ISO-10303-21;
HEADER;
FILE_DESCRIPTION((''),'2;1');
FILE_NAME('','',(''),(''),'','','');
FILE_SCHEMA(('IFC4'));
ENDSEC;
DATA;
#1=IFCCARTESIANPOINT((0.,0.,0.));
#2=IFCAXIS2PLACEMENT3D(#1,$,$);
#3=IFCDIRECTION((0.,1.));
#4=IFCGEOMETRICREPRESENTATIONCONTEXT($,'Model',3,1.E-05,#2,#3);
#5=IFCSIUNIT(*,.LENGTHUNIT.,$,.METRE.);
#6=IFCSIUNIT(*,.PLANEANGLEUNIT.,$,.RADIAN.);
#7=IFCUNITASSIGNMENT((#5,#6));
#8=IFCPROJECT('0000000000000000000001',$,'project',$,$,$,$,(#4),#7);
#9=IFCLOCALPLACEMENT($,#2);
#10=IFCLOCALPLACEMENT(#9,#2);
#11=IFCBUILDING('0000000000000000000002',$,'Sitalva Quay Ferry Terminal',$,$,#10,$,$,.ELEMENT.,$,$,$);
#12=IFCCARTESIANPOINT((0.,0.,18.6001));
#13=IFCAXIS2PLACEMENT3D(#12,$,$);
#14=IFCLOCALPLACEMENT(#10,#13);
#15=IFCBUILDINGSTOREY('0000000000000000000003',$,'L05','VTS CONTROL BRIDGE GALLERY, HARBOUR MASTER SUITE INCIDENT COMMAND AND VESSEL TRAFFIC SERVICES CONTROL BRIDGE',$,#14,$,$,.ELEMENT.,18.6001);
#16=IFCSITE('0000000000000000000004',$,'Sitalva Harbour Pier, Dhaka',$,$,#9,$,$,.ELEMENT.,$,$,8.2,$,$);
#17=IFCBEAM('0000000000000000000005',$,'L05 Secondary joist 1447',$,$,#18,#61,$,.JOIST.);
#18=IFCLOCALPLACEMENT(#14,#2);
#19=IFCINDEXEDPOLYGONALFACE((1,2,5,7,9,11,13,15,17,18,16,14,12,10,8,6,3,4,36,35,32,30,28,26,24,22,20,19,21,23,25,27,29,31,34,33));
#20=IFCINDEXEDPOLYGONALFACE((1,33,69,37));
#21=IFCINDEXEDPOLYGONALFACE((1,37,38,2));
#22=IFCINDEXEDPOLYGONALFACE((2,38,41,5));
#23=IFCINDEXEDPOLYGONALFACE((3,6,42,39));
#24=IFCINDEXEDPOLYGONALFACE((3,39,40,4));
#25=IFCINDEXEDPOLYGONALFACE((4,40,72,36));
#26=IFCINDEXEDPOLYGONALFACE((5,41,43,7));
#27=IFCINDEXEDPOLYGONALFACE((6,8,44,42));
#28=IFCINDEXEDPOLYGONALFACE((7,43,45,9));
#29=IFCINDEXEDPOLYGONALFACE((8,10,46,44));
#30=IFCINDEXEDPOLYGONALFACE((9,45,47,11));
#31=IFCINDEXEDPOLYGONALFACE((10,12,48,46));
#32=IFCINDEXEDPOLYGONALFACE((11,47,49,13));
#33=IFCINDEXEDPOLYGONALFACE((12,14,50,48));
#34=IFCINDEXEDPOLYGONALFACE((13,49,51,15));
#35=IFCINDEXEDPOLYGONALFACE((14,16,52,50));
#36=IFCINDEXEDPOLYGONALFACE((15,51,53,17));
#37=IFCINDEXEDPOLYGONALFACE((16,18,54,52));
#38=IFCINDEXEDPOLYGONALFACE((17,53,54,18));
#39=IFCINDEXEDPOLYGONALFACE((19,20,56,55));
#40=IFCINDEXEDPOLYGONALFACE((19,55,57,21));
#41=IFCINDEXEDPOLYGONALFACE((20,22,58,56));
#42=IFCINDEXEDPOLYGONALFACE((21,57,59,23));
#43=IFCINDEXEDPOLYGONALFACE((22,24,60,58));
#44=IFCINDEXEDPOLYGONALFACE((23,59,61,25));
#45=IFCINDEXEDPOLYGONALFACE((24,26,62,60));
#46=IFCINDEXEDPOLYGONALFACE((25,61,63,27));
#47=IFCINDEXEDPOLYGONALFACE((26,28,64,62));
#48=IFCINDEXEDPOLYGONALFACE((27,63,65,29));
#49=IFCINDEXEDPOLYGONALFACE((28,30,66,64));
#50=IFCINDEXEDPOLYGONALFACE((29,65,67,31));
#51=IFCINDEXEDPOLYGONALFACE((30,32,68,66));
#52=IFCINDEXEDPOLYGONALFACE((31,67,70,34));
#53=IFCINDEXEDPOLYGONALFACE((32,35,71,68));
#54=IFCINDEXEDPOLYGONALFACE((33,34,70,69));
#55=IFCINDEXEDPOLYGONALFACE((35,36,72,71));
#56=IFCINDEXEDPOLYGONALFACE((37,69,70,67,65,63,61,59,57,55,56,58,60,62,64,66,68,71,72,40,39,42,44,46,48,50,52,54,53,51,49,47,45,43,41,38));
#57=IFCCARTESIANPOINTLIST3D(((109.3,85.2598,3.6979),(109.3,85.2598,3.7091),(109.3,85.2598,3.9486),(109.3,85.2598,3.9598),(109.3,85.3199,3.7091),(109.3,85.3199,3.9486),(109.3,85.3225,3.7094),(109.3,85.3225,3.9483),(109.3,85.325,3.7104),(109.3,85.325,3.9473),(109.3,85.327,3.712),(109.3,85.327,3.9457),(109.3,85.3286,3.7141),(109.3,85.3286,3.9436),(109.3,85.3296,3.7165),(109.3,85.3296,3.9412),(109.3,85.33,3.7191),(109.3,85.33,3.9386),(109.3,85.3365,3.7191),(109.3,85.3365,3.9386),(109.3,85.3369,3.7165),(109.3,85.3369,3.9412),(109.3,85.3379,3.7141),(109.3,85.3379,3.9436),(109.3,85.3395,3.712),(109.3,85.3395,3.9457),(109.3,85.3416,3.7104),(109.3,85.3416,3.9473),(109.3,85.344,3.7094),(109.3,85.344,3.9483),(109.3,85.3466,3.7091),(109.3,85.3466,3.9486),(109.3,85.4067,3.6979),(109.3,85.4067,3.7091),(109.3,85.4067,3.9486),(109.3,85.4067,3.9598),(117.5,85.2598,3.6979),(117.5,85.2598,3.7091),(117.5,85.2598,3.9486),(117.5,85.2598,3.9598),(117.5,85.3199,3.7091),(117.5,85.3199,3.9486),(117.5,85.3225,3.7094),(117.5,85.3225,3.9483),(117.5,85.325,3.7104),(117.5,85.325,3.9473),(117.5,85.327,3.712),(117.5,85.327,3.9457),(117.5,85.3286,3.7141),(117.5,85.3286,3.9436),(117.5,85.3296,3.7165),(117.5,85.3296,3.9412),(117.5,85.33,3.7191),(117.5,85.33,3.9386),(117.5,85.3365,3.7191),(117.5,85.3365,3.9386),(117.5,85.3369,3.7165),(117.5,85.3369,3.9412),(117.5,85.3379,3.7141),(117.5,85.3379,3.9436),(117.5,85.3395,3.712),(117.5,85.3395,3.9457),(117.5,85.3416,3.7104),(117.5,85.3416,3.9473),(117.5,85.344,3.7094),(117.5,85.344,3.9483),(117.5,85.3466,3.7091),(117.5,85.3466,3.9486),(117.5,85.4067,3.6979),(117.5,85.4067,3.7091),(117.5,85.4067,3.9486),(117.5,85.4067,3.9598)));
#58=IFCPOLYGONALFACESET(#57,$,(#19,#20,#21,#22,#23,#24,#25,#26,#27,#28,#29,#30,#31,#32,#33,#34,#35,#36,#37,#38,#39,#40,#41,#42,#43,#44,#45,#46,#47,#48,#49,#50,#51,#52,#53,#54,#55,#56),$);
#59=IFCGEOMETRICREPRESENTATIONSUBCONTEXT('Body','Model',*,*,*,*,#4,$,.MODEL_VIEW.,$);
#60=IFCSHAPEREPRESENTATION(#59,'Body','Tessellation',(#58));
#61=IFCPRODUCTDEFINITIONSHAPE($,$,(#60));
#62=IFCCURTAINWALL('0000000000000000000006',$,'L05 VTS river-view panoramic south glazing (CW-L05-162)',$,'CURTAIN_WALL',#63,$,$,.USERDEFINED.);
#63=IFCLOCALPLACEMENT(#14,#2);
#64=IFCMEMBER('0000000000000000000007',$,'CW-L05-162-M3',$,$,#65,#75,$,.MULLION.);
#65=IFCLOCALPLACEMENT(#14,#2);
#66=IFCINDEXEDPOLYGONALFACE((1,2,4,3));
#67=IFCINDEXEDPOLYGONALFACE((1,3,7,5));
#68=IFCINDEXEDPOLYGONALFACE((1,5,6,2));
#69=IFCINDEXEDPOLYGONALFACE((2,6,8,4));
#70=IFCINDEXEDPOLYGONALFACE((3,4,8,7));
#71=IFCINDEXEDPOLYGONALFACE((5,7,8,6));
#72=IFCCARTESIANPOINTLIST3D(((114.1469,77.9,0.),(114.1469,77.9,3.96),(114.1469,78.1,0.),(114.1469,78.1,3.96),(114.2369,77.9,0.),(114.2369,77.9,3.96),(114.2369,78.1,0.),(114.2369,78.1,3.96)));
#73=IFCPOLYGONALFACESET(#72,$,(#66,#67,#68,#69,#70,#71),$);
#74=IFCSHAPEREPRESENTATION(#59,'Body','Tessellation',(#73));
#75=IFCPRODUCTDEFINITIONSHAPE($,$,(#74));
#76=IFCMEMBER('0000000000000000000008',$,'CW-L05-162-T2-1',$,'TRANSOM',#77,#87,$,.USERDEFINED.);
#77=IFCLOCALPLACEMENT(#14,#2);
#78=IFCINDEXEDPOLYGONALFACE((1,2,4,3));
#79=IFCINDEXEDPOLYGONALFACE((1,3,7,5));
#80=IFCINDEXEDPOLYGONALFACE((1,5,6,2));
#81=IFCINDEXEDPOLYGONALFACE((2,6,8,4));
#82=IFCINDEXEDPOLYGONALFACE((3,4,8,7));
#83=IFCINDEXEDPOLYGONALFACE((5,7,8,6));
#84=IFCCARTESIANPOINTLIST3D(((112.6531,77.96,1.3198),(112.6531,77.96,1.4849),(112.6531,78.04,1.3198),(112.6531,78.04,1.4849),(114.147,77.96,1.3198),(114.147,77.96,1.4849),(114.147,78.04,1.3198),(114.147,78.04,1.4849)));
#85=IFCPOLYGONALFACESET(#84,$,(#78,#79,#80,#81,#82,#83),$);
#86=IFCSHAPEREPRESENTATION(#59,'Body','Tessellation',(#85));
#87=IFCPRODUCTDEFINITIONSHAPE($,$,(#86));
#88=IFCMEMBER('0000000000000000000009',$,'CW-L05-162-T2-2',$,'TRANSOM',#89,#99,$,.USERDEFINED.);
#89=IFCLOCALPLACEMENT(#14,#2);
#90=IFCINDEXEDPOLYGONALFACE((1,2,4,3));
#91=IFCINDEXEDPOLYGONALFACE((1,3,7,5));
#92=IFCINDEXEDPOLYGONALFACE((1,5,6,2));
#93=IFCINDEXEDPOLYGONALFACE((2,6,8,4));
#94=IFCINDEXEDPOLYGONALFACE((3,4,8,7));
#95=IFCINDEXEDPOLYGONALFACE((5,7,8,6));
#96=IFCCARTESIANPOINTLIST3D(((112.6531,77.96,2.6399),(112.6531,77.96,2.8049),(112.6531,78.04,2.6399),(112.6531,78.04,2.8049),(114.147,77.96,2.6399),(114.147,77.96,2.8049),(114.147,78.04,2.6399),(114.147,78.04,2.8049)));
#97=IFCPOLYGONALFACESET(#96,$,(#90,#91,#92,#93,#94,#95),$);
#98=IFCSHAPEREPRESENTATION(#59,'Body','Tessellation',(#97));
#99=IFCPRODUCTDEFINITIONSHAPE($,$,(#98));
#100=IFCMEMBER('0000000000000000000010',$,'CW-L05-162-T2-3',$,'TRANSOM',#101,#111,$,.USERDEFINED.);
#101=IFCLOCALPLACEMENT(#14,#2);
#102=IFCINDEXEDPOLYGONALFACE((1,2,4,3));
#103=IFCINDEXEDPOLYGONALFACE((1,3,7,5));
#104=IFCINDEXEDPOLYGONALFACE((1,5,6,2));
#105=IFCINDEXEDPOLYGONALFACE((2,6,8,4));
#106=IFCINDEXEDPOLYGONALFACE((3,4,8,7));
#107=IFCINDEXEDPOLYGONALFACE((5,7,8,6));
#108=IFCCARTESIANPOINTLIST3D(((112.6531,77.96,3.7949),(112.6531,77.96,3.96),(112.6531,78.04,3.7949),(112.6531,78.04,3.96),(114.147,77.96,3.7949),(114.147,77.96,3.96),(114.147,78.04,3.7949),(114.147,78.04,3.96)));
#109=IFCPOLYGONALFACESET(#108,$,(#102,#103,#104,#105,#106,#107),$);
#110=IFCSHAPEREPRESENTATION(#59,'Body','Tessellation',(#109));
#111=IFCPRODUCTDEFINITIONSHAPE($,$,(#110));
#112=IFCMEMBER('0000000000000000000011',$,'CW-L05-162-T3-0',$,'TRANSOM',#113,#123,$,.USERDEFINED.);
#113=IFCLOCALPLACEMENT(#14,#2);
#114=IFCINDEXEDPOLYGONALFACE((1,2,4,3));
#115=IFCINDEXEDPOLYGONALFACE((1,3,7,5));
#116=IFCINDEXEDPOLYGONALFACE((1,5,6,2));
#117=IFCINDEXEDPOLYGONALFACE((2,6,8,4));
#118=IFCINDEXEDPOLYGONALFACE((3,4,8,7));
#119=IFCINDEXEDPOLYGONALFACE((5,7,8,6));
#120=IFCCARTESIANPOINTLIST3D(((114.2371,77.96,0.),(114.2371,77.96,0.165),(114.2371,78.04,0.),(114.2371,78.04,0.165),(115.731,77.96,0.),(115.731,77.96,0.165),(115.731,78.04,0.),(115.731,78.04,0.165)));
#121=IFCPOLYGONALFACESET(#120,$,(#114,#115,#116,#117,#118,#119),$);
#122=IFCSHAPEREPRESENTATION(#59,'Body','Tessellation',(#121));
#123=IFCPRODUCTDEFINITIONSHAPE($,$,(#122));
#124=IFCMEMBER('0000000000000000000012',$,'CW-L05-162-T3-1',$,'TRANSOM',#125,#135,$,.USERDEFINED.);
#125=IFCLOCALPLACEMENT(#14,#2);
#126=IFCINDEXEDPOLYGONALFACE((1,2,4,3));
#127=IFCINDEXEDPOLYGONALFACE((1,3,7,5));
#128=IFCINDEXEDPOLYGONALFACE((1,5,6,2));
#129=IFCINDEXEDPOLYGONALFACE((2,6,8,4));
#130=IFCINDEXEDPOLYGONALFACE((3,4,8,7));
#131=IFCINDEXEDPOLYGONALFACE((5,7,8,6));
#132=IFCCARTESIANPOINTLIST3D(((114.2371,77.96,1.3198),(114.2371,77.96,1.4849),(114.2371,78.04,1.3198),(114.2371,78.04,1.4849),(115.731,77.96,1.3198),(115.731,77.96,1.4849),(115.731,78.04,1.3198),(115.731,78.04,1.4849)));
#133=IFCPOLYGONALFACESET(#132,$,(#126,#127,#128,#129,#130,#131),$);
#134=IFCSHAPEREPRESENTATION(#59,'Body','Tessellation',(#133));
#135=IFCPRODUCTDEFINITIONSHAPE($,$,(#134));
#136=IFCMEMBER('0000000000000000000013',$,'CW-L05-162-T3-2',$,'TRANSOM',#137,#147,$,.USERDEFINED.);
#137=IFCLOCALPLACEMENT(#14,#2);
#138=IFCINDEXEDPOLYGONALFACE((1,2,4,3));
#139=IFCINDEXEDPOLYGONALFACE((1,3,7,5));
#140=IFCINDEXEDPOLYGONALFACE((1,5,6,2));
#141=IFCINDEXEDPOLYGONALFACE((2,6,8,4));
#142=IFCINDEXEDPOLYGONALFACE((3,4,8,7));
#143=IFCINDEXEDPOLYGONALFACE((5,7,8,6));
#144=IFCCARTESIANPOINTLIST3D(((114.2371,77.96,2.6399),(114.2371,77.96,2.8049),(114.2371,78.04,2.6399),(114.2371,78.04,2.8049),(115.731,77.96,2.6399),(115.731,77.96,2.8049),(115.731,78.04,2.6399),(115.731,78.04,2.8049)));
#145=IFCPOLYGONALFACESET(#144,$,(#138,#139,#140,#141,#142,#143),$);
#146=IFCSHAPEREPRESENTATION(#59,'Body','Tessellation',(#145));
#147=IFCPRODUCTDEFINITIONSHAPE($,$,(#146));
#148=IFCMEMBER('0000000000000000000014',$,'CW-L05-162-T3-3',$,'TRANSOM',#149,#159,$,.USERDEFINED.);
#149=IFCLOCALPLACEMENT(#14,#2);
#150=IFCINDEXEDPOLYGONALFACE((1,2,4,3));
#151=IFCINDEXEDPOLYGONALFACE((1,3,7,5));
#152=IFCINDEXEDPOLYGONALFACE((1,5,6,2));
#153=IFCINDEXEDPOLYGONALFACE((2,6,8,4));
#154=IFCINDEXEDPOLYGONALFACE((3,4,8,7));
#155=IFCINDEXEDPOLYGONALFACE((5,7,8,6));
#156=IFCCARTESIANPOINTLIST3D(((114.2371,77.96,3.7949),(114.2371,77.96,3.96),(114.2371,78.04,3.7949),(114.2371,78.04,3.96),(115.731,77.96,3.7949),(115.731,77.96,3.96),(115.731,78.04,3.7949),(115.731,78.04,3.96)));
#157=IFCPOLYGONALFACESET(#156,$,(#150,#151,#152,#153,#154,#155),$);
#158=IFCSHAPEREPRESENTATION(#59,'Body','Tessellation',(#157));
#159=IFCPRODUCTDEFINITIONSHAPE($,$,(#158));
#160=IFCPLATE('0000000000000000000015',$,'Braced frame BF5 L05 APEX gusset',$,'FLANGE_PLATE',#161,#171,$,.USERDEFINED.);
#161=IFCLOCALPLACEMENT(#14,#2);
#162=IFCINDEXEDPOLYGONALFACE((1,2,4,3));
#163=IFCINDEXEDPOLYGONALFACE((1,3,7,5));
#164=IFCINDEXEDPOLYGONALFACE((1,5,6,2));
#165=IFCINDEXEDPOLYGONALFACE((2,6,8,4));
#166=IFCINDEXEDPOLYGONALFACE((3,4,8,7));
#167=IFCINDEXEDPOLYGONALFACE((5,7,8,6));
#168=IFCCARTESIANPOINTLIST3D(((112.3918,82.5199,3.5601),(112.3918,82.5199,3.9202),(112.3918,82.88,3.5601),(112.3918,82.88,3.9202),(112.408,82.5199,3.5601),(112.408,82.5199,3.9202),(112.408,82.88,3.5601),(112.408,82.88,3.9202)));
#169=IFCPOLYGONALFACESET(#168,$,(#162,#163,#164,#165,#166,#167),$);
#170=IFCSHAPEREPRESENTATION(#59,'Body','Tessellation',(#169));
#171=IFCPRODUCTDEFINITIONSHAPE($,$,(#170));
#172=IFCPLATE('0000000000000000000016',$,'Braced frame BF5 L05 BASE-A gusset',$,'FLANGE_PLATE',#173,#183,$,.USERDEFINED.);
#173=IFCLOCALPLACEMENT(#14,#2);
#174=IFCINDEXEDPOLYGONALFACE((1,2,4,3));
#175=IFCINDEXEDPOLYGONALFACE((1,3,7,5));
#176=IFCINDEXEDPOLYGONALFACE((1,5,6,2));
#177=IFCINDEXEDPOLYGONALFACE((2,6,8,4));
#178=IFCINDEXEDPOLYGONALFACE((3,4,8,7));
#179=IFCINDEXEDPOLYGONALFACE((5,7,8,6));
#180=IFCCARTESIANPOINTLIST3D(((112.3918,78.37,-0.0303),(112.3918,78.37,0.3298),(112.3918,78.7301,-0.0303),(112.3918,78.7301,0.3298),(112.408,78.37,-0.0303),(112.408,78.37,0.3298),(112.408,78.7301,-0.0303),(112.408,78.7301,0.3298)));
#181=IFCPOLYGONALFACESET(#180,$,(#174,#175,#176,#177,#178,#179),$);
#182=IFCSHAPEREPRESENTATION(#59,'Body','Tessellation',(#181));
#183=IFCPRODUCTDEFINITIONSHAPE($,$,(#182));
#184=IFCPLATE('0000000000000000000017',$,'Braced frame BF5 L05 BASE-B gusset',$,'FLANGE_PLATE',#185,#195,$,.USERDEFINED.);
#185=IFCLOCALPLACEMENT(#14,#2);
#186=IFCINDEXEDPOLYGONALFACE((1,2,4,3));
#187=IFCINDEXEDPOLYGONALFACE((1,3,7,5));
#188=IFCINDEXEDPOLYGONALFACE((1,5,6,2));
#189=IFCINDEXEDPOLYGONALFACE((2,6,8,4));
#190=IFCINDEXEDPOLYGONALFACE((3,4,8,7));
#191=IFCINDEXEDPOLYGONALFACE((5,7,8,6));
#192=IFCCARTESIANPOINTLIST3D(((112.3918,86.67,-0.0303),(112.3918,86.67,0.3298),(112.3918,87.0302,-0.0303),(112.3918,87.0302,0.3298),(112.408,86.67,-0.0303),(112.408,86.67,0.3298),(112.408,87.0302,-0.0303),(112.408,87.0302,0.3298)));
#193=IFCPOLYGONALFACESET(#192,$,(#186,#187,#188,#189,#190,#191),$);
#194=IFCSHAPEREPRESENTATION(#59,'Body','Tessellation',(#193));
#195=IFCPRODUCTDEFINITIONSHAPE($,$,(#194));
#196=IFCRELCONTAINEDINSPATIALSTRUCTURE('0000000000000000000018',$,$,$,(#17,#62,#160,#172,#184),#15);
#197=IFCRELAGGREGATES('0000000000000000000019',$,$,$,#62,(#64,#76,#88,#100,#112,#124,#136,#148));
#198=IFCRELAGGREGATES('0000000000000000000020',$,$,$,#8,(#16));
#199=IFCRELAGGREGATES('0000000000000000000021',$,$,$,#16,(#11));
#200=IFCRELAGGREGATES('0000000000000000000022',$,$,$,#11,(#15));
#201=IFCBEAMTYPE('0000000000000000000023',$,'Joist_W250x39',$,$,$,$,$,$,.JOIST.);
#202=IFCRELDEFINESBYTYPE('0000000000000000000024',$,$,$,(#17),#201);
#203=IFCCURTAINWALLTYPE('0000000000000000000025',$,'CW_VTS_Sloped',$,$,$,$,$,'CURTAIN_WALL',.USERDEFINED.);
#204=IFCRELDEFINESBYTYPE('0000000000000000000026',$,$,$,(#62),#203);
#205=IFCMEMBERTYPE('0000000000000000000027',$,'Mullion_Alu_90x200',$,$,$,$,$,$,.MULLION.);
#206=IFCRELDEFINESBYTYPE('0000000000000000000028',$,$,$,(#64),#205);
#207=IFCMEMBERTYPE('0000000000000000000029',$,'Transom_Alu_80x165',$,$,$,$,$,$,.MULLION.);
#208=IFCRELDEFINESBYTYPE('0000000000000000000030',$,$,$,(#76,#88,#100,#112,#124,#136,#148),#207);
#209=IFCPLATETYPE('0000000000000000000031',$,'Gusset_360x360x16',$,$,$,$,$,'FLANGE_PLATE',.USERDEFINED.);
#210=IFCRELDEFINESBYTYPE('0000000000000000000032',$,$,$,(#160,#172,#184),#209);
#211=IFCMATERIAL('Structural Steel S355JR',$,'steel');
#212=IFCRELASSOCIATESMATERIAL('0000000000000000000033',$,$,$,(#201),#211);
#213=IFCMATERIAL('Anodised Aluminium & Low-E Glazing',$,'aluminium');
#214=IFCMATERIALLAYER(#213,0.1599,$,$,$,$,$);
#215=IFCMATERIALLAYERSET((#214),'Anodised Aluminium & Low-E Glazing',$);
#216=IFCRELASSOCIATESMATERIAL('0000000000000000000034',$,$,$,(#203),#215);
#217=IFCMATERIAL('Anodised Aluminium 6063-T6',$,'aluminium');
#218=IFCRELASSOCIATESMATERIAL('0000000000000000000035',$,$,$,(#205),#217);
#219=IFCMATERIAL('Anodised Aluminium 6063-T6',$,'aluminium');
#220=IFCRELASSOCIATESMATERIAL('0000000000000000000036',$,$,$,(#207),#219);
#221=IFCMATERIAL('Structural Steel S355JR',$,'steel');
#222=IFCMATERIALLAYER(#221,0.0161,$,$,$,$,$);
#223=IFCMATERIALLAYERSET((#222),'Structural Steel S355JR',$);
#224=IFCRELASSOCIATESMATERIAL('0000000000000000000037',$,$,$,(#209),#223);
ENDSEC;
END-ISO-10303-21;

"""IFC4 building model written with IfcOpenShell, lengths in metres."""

from ifc_helpers import new_model, si_unit, direction, frame, origin, origin_2d, place, context, subcontext, project, spatial, rectangle, i_section, extrude, material, layer, layer_set, material_profile, profile_set, type_object, element, aggregate, save


model = new_model("IFC4")

# Units and contexts
model_context = context("Model", 3, precision=1e-05, world=origin(), true_north=direction((0.0, 1.0)))
body_context = subcontext(model_context, "Body", "Model", "MODEL_VIEW")
ifc_project = project(units=[si_unit("LENGTHUNIT", "METRE"), si_unit("PLANEANGLEUNIT", "RADIAN")], contexts=[model_context])

# Site, building, storey
site_placement = place(None, origin())
site = spatial("IfcSite", under=ifc_project, at=site_placement, Name="Sitalva Harbour Pier, Dhaka", CompositionType="ELEMENT", RefElevation=8.2)
building_placement = place(site_placement, origin())
building = spatial("IfcBuilding", under=site, at=building_placement, Name="Sitalva Quay Ferry Terminal", CompositionType="ELEMENT")
storey_placement = place(building_placement, frame((0.0, 0.0, 18.6001)))
storey = spatial("IfcBuildingStorey", under=building, at=storey_placement, Name="L05", Description="VTS CONTROL BRIDGE GALLERY, HARBOUR MASTER SUITE INCIDENT COMMAND AND VESSEL TRAFFIC SERVICES CONTROL BRIDGE", CompositionType="ELEMENT", Elevation=18.6001)

# Beam
ifc_material_1 = material(Name="Structural Steel S355JR", Category="steel")
ifc_material_profile_1 = material_profile(ifc_material_1, i_section(OverallWidth=0.147, OverallDepth=0.262, WebThickness=0.0066, FlangeThickness=0.0112, FilletRadius=0.01, at=origin_2d()), Name="W250x39")
ifc_profile_set_1 = profile_set([ifc_material_profile_1], Name="Structural Steel S355JR")
beam_type = type_object("IfcBeamType", Name="Joist_W250x39", PredefinedType="JOIST", material=ifc_profile_set_1)
for number, where, z_axis, x_axis, name in (
    (1, (109.3, 85.3333, 3.8289), (1.0, 0.0, 0.0), (0.0, 1.0, 0.0), "L05 Secondary joist 1447"),
):
    element("IfcBeam", number, at=place(storey_placement, frame(where, z_axis=z_axis, x_axis=x_axis)), inside=storey, type_object=beam_type, Name=name, PredefinedType="JOIST", context=body_context, shape_type="SweptSolid", body=[
        extrude(i_section(OverallWidth=0.147, OverallDepth=0.262, WebThickness=0.0066, FlangeThickness=0.0112, FilletRadius=0.01, at=origin_2d()), origin(), (0.0, 0.0, 1.0), 8.2),
    ])

# Curtain wall, members
ifc_material_2 = material(Name="Anodised Aluminium & Low-E Glazing", Category="aluminium")
ifc_layer_1 = layer(ifc_material_2, 0.1599)
ifc_layer_set_1 = layer_set([ifc_layer_1], Name="Anodised Aluminium & Low-E Glazing")
curtain_wall_type = type_object("IfcCurtainWallType", Name="CW_VTS_Sloped", ElementType="CURTAIN_WALL", PredefinedType="USERDEFINED", material=ifc_layer_set_1)
curtain_wall_placement = place(storey_placement, origin())
curtain_wall = element("IfcCurtainWall", 2, at=curtain_wall_placement, inside=storey, type_object=curtain_wall_type, Name="L05 VTS river-view panoramic south glazing (CW-L05-162)", ObjectType="CURTAIN_WALL", PredefinedType="USERDEFINED")
ifc_material_3 = material(Name="Anodised Aluminium 6063-T6", Category="aluminium")
ifc_material_profile_2 = material_profile(ifc_material_3, rectangle(XDim=0.0901, YDim=0.2, at=origin_2d()), Name="ALU90x200")
ifc_profile_set_2 = profile_set([ifc_material_profile_2], Name="Anodised Aluminium 6063-T6")
member_type_1 = type_object("IfcMemberType", Name="Mullion_Alu_90x200", PredefinedType="MULLION", material=ifc_profile_set_2)
member_1_placement = place(storey_placement, frame((114.1919, 78.0, 0.0), z_axis=(0.0, 0.0, 1.0), x_axis=(1.0, 0.0, 0.0)))
member_1 = element("IfcMember", 3, at=member_1_placement, type_object=member_type_1, Name="CW-L05-162-M3", PredefinedType="MULLION", context=body_context, shape_type="SweptSolid", body=[
    extrude(rectangle(XDim=0.0901, YDim=0.2, at=origin_2d()), origin(), (0.0, 0.0, 1.0), 3.96),
])
ifc_material_4 = material(Name="Anodised Aluminium 6063-T6", Category="aluminium")
ifc_material_profile_3 = material_profile(ifc_material_4, rectangle(XDim=0.0801, YDim=0.165, at=origin_2d()), Name="ALU80x165")
ifc_profile_set_3 = profile_set([ifc_material_profile_3], Name="Anodised Aluminium 6063-T6")
member_type_2 = type_object("IfcMemberType", Name="Transom_Alu_80x165", PredefinedType="MULLION", material=ifc_profile_set_3)
member_2_placement = place(storey_placement, frame((112.6531, 78.0, 1.4023), z_axis=(1.0, 0.0, 0.0), x_axis=(0.0, 1.0, 0.0)))
member_2 = element("IfcMember", 4, at=member_2_placement, type_object=member_type_2, Name="CW-L05-162-T2-1", ObjectType="TRANSOM", PredefinedType="USERDEFINED", context=body_context, shape_type="SweptSolid", body=[
    extrude(rectangle(XDim=0.0801, YDim=0.165, at=origin_2d()), origin(), (0.0, 0.0, 1.0), 1.4939),
])
member_3_placement = place(storey_placement, frame((112.6531, 78.0, 2.7224), z_axis=(1.0, 0.0, 0.0), x_axis=(0.0, 1.0, 0.0)))
member_3 = element("IfcMember", 5, at=member_3_placement, type_object=member_type_2, Name="CW-L05-162-T2-2", ObjectType="TRANSOM", PredefinedType="USERDEFINED", context=body_context, shape_type="SweptSolid", body=[
    extrude(rectangle(XDim=0.0801, YDim=0.165, at=origin_2d()), origin(), (0.0, 0.0, 1.0), 1.4939),
])
member_4_placement = place(storey_placement, frame((112.6531, 78.0, 3.8774), z_axis=(1.0, 0.0, 0.0), x_axis=(0.0, 1.0, 0.0)))
member_4 = element("IfcMember", 6, at=member_4_placement, type_object=member_type_2, Name="CW-L05-162-T2-3", ObjectType="TRANSOM", PredefinedType="USERDEFINED", context=body_context, shape_type="SweptSolid", body=[
    extrude(rectangle(XDim=0.0801, YDim=0.165, at=origin_2d()), origin(), (0.0, 0.0, 1.0), 1.4939),
])
member_5_placement = place(storey_placement, frame((114.2371, 78.0, 0.0825), z_axis=(1.0, 0.0, 0.0), x_axis=(0.0, 1.0, 0.0)))
member_5 = element("IfcMember", 7, at=member_5_placement, type_object=member_type_2, Name="CW-L05-162-T3-0", ObjectType="TRANSOM", PredefinedType="USERDEFINED", context=body_context, shape_type="SweptSolid", body=[
    extrude(rectangle(XDim=0.0801, YDim=0.165, at=origin_2d()), origin(), (0.0, 0.0, 1.0), 1.4939),
])
member_6_placement = place(storey_placement, frame((114.2371, 78.0, 1.4023), z_axis=(1.0, 0.0, 0.0), x_axis=(0.0, 1.0, 0.0)))
member_6 = element("IfcMember", 8, at=member_6_placement, type_object=member_type_2, Name="CW-L05-162-T3-1", ObjectType="TRANSOM", PredefinedType="USERDEFINED", context=body_context, shape_type="SweptSolid", body=[
    extrude(rectangle(XDim=0.0801, YDim=0.165, at=origin_2d()), origin(), (0.0, 0.0, 1.0), 1.4939),
])
member_7_placement = place(storey_placement, frame((114.2371, 78.0, 2.7224), z_axis=(1.0, 0.0, 0.0), x_axis=(0.0, 1.0, 0.0)))
member_7 = element("IfcMember", 9, at=member_7_placement, type_object=member_type_2, Name="CW-L05-162-T3-2", ObjectType="TRANSOM", PredefinedType="USERDEFINED", context=body_context, shape_type="SweptSolid", body=[
    extrude(rectangle(XDim=0.0801, YDim=0.165, at=origin_2d()), origin(), (0.0, 0.0, 1.0), 1.4939),
])
member_8_placement = place(storey_placement, frame((114.2371, 78.0, 3.8774), z_axis=(1.0, 0.0, 0.0), x_axis=(0.0, 1.0, 0.0)))
member_8 = element("IfcMember", 10, at=member_8_placement, type_object=member_type_2, Name="CW-L05-162-T3-3", ObjectType="TRANSOM", PredefinedType="USERDEFINED", context=body_context, shape_type="SweptSolid", body=[
    extrude(rectangle(XDim=0.0801, YDim=0.165, at=origin_2d()), origin(), (0.0, 0.0, 1.0), 1.4939),
])

# Plates
ifc_material_5 = material(Name="Structural Steel S355JR", Category="steel")
ifc_layer_2 = layer(ifc_material_5, 0.0161)
ifc_layer_set_2 = layer_set([ifc_layer_2], Name="Structural Steel S355JR")
plate_type_1 = type_object("IfcPlateType", Name="Gusset_360x360x16", ElementType="FLANGE_PLATE", PredefinedType="USERDEFINED", material=ifc_layer_set_2)
for number, where, z_axis, x_axis, name in (
    (11, (112.3999, 82.7, 3.5601), (0.0, 0.0, 1.0), (1.0, 0.0, 0.0), "Braced frame BF5 L05 APEX gusset"),
    (12, (112.3999, 78.55, -0.0303), (0.0, 0.0, 1.0), (1.0, 0.0, 0.0), "Braced frame BF5 L05 BASE-A gusset"),
    (13, (112.3999, 86.8501, -0.0303), (0.0, 0.0, 1.0), (1.0, 0.0, 0.0), "Braced frame BF5 L05 BASE-B gusset"),
):
    element("IfcPlate", number, at=place(storey_placement, frame(where, z_axis=z_axis, x_axis=x_axis)), inside=storey, type_object=plate_type_1, Name=name, ObjectType="FLANGE_PLATE", PredefinedType="USERDEFINED", context=body_context, shape_type="SweptSolid", body=[
        extrude(rectangle(XDim=0.0161, YDim=0.3601, at=origin_2d()), origin(), (0.0, 0.0, 1.0), 0.3601),
    ])

aggregate(curtain_wall, [member_1, member_2, member_3, member_4, member_5, member_6, member_7, member_8])

save(model, "model.ifc")
